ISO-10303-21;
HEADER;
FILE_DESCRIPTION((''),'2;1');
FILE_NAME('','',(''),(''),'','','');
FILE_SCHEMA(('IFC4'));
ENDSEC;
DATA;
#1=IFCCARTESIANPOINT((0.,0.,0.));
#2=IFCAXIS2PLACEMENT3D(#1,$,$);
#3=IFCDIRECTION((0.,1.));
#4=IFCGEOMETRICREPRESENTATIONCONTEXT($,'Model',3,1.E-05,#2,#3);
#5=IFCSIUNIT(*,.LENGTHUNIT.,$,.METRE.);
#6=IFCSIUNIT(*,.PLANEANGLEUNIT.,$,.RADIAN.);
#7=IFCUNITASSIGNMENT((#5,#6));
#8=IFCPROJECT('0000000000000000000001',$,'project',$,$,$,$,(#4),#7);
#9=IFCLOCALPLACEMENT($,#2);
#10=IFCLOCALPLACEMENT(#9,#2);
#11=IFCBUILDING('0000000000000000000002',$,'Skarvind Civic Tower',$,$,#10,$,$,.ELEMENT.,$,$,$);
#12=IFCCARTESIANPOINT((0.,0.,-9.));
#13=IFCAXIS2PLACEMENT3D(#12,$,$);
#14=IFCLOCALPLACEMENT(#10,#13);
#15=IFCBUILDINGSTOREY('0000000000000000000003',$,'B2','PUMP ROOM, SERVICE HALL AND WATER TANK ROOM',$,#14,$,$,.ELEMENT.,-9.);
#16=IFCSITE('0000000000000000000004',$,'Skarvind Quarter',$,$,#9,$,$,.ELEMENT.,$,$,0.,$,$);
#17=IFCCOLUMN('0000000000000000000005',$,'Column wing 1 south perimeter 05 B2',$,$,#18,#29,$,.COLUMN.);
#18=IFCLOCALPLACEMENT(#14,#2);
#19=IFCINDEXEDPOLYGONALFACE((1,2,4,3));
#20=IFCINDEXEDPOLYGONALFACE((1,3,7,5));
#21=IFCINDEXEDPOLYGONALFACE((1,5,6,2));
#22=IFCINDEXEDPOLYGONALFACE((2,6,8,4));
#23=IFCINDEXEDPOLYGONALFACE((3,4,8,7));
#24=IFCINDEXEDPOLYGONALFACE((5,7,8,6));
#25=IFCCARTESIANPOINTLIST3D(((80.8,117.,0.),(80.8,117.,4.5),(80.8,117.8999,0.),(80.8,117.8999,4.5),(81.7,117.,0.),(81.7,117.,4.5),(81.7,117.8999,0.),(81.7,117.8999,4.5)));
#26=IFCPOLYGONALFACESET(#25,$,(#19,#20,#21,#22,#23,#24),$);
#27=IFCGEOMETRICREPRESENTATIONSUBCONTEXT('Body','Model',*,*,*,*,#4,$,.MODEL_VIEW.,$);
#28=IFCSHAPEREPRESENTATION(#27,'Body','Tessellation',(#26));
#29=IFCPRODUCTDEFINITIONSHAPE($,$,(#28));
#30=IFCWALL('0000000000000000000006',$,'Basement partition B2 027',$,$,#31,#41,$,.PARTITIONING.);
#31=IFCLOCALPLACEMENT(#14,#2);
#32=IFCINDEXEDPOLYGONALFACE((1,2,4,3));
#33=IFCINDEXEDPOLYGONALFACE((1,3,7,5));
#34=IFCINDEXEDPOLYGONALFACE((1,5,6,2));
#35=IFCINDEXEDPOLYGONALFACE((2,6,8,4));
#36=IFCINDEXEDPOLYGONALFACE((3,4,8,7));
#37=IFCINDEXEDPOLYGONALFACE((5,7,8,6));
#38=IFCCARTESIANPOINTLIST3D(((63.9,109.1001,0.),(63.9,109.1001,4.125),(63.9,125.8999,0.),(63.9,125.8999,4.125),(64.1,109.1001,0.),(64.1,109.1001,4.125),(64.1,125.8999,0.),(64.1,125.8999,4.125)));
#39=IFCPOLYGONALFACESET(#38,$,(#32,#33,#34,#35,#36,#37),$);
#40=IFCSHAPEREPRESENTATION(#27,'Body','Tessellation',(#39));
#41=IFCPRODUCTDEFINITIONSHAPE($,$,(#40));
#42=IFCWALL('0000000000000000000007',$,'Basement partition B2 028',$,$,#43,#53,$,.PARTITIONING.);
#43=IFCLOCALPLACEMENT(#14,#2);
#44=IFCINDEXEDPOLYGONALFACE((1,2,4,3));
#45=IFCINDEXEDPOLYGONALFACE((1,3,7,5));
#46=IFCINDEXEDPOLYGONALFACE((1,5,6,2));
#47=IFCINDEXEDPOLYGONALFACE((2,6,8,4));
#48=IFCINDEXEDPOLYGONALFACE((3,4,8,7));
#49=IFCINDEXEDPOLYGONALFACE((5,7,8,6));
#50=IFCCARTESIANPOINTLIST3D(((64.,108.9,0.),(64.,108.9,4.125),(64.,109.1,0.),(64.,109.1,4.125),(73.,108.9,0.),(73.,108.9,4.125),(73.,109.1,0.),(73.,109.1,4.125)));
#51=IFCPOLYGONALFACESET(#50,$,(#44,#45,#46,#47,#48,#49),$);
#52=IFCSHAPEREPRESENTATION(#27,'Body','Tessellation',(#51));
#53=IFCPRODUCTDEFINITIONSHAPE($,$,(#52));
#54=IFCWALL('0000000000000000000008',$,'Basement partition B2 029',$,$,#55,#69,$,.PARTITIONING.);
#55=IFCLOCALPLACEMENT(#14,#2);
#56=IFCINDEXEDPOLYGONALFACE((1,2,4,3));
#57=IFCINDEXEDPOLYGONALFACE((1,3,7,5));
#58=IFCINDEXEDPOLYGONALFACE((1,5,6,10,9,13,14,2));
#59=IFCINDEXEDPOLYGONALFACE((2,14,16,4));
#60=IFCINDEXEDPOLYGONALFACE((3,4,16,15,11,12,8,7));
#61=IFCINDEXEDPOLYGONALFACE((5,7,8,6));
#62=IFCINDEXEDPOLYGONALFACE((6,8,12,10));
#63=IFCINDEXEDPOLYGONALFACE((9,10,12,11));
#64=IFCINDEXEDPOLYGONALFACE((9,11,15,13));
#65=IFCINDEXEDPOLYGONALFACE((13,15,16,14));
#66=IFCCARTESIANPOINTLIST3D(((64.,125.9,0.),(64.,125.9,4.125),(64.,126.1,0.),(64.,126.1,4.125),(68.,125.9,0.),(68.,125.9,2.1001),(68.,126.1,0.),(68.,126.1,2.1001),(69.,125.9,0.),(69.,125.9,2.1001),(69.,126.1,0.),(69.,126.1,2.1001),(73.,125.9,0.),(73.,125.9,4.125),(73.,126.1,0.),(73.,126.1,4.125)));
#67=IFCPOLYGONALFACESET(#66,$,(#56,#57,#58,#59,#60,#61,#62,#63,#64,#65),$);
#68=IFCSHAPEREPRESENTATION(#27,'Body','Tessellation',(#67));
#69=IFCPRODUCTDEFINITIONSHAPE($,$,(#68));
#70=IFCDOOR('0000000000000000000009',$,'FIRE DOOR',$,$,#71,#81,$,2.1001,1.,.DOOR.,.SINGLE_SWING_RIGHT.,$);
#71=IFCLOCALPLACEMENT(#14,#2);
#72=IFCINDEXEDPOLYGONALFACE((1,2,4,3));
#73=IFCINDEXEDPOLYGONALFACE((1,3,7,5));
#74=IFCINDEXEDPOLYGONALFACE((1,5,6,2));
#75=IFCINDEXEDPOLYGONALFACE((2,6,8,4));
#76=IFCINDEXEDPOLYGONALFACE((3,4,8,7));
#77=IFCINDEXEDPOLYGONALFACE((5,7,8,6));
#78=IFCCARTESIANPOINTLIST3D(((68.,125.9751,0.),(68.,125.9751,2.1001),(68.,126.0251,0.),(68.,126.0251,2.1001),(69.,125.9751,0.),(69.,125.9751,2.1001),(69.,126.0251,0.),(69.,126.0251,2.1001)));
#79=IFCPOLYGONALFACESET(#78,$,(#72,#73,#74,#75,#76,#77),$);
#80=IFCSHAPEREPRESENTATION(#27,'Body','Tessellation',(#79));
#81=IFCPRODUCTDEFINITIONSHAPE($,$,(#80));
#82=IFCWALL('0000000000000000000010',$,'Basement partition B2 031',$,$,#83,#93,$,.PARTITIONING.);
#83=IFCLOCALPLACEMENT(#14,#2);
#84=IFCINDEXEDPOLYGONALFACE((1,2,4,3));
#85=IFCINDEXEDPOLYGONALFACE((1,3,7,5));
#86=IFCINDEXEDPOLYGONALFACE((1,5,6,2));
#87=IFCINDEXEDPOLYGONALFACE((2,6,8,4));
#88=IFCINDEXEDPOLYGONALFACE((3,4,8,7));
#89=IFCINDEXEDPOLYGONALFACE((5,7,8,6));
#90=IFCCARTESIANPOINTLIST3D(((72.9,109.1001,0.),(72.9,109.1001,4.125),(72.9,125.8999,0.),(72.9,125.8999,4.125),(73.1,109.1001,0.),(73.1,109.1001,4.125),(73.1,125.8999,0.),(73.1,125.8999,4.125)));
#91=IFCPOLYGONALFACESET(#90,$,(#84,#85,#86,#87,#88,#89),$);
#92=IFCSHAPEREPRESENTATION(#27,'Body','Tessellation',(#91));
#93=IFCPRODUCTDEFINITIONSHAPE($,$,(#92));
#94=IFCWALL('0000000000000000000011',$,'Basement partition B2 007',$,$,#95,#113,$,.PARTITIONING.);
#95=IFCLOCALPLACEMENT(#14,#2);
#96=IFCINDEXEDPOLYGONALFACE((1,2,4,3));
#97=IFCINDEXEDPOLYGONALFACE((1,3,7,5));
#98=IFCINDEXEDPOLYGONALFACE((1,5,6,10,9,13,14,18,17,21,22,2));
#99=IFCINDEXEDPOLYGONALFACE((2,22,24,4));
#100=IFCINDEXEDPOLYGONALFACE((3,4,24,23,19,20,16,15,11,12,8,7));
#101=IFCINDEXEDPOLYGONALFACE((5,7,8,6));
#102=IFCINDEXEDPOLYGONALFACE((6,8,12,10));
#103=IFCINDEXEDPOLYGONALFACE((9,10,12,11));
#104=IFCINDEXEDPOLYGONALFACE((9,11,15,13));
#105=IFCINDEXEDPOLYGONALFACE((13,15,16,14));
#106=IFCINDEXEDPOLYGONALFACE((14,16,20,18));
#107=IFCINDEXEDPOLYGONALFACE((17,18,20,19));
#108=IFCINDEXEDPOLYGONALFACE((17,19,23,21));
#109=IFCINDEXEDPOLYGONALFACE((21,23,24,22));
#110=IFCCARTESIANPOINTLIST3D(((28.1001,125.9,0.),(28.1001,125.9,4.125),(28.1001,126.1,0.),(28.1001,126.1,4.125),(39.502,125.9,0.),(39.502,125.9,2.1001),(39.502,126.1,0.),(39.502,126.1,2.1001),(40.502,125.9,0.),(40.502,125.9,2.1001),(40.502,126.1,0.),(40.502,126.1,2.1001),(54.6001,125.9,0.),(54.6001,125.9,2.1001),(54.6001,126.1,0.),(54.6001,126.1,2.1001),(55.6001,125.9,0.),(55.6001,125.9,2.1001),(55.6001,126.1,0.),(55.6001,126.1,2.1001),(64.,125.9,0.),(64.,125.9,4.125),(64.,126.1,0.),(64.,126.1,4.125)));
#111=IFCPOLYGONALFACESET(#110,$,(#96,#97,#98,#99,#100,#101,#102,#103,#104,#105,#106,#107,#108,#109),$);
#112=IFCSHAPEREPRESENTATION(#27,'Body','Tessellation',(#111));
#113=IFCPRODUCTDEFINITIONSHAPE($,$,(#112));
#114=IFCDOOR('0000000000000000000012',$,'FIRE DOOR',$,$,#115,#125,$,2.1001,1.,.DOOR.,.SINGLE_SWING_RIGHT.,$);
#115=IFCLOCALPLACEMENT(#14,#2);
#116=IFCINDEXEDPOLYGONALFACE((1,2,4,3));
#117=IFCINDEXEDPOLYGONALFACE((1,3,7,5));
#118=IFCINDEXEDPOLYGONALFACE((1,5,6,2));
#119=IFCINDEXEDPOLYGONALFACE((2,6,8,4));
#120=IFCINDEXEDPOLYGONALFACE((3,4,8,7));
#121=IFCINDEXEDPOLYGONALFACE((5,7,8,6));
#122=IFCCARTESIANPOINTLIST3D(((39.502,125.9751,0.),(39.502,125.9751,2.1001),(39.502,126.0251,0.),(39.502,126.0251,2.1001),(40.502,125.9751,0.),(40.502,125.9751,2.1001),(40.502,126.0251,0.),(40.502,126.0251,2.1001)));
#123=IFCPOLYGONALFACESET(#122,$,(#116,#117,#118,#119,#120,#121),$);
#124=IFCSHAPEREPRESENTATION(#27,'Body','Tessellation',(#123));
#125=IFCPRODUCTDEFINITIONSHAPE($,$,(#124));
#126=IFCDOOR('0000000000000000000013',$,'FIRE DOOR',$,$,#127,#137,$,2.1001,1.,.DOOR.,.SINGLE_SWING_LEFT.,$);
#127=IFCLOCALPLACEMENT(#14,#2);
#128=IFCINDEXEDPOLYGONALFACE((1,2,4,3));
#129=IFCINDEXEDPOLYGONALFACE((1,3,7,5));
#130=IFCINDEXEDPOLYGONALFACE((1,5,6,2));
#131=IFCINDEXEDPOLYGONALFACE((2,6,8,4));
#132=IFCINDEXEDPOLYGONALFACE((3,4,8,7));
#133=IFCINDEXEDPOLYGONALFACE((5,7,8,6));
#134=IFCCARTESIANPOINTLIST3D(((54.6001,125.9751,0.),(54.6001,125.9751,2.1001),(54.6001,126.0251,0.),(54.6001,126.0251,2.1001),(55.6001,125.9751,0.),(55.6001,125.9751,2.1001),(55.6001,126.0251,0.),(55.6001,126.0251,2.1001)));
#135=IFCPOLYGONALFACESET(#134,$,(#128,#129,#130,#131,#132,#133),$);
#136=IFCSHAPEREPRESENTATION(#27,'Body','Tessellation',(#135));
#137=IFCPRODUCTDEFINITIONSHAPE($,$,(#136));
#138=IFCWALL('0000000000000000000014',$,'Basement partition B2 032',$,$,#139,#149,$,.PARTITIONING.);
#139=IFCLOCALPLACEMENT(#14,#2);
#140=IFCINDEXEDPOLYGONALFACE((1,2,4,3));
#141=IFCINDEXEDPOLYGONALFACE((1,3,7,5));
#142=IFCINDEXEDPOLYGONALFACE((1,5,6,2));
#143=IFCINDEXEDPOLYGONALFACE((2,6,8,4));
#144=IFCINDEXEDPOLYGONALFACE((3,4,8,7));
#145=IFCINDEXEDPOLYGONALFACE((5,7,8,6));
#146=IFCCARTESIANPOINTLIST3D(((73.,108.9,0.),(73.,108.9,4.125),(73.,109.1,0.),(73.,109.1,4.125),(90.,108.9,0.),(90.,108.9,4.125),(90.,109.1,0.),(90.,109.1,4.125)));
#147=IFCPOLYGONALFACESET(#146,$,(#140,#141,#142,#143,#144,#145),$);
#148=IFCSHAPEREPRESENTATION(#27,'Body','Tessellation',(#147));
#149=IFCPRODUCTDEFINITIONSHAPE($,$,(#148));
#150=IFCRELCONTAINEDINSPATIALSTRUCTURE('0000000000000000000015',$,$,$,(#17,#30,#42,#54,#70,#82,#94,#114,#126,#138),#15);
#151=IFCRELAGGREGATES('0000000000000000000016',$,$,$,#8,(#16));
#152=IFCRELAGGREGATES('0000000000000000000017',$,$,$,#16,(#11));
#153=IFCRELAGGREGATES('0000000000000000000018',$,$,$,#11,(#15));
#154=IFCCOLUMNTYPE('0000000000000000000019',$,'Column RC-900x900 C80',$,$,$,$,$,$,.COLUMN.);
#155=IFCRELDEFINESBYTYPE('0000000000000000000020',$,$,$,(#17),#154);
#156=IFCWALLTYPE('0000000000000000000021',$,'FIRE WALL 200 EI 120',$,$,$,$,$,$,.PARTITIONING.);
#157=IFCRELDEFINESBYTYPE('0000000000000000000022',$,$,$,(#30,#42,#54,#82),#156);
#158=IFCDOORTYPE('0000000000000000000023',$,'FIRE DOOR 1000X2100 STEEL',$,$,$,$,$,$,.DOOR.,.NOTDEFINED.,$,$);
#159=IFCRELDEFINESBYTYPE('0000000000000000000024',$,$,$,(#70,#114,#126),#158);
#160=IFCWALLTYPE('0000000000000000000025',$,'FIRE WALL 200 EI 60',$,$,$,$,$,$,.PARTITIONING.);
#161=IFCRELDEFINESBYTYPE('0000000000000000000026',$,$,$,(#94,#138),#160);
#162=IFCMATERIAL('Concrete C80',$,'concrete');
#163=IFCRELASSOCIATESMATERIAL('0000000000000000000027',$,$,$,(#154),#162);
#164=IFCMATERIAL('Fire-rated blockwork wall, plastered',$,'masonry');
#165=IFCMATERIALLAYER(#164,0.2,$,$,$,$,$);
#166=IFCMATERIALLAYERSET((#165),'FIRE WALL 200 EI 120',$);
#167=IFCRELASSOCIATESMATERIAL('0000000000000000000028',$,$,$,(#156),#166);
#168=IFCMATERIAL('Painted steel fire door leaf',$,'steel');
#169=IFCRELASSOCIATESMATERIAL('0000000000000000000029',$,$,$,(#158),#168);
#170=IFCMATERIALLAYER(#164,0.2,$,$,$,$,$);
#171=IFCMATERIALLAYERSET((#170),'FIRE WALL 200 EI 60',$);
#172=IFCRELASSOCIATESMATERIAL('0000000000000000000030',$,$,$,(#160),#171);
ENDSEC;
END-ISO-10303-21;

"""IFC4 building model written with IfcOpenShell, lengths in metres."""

from ifc_helpers import new_model, si_unit, direction, frame, frame_2d, origin, origin_2d, place, context, subcontext, project, spatial, rectangle, extrude, material, layer, layer_set, material_profile, profile_set, type_object, element, fill, save


model = new_model("IFC4")

# Units and contexts
model_context = context("Model", 3, precision=1e-05, world=origin(), true_north=direction((0.0, 1.0)))
body_context = subcontext(model_context, "Body", "Model", "MODEL_VIEW")
ifc_project = project(units=[si_unit("LENGTHUNIT", "METRE"), si_unit("PLANEANGLEUNIT", "RADIAN")], contexts=[model_context])

# Site, building, storey
site_placement = place(None, origin())
site = spatial("IfcSite", under=ifc_project, at=site_placement, Name="Skarvind Quarter", CompositionType="ELEMENT", RefElevation=0.0)
building_placement = place(site_placement, origin())
building = spatial("IfcBuilding", under=site, at=building_placement, Name="Skarvind Civic Tower", CompositionType="ELEMENT")
storey_placement = place(building_placement, frame((0.0, 0.0, -9.0)))
storey = spatial("IfcBuildingStorey", under=building, at=storey_placement, Name="B2", Description="PUMP ROOM, SERVICE HALL AND WATER TANK ROOM", CompositionType="ELEMENT", Elevation=-9.0)

# Column
ifc_material_1 = material(Name="Concrete C80", Category="concrete")
ifc_material_profile_1 = material_profile(ifc_material_1, rectangle(XDim=0.8999, YDim=0.8999, at=origin_2d()), Name="RC-900x900")
ifc_profile_set_1 = profile_set([ifc_material_profile_1], Name="Concrete C80")
column_type_1 = type_object("IfcColumnType", Name="Column RC-900x900 C80", PredefinedType="COLUMN", material=ifc_profile_set_1)
for number, where, z_axis, x_axis, name in (
    (1, (81.25, 117.45, 0.0), (0.0, 0.0, 1.0), (1.0, 0.0, 0.0), "Column wing 1 south perimeter 05 B2"),
):
    element("IfcColumn", number, at=place(storey_placement, frame(where, z_axis=z_axis, x_axis=x_axis)), inside=storey, type_object=column_type_1, Name=name, PredefinedType="COLUMN", context=body_context, shape_type="SweptSolid", body=[
        extrude(rectangle(XDim=0.8999, YDim=0.8999, at=origin_2d()), origin(), (0.0, 0.0, 1.0), 4.5),
    ])

# Walls
ifc_material_2 = material(Name="Fire-rated blockwork wall, plastered", Category="masonry")
ifc_layer_1 = layer(ifc_material_2, 0.2)
ifc_layer_set_1 = layer_set([ifc_layer_1], Name="FIRE WALL 200 EI 120")
wall_type_1 = type_object("IfcWallType", Name="FIRE WALL 200 EI 120", PredefinedType="PARTITIONING", material=ifc_layer_set_1)
wall_1_placement = place(storey_placement, frame((64.0, 109.1001, 0.0), z_axis=(0.0, 0.0, 1.0), x_axis=(0.0, 1.0, 0.0)))
element("IfcWall", 2, at=wall_1_placement, inside=storey, type_object=wall_type_1, Name="Basement partition B2 027", PredefinedType="PARTITIONING", context=body_context, shape_type="SweptSolid", body=[
    extrude(rectangle(XDim=16.7998, YDim=0.2, at=frame_2d((8.3999, 0.0))), origin(), (0.0, 0.0, 1.0), 4.125),
])
wall_2_placement = place(storey_placement, frame((64.0, 109.0, 0.0), z_axis=(0.0, 0.0, 1.0), x_axis=(1.0, 0.0, 0.0)))
element("IfcWall", 3, at=wall_2_placement, inside=storey, type_object=wall_type_1, Name="Basement partition B2 028", PredefinedType="PARTITIONING", context=body_context, shape_type="SweptSolid", body=[
    extrude(rectangle(XDim=9.0, YDim=0.2, at=frame_2d((4.5, 0.0))), origin(), (0.0, 0.0, 1.0), 4.125),
])

# Wall, opening, door
wall_3_placement = place(storey_placement, frame((73.0, 126.0, 0.0), z_axis=(0.0, 0.0, 1.0), x_axis=(-1.0, 0.0, 0.0)))
wall_3 = element("IfcWall", 4, at=wall_3_placement, inside=storey, type_object=wall_type_1, Name="Basement partition B2 029", PredefinedType="PARTITIONING", context=body_context, shape_type="SweptSolid", body=[
    extrude(rectangle(XDim=9.0, YDim=0.2, at=frame_2d((4.5, 0.0))), origin(), (0.0, 0.0, 1.0), 4.125),
])
opening_1_placement = place(wall_3_placement, frame((4.0, 0.0, 0.0)))
opening_1 = element("IfcOpeningElement", 5, at=opening_1_placement, cuts=wall_3, PredefinedType="OPENING", context=body_context, shape_type="SweptSolid", body=[
    extrude(rectangle(XDim=1.0, YDim=2.1001, at=frame_2d((0.5, 1.05))), frame((0.0, 0.1099, 0.0), z_axis=(0.0, -1.0, 0.0), x_axis=(1.0, 0.0, 0.0)), (0.0, 0.0, 1.0), 0.22),
])
ifc_material_3 = material(Name="Painted steel fire door leaf", Category="steel")
door_type = type_object("IfcDoorType", Name="FIRE DOOR 1000X2100 STEEL", OperationType="NOTDEFINED", PredefinedType="DOOR", material=ifc_material_3)
door_1_placement = place(opening_1_placement, origin())
door_1 = element("IfcDoor", 6, at=door_1_placement, inside=storey, type_object=door_type, Name="FIRE DOOR", OperationType="SINGLE_SWING_RIGHT", OverallHeight=2.1001, OverallWidth=1.0, PredefinedType="DOOR", context=body_context, shape_type="SweptSolid", body=[
    extrude(rectangle(XDim=1.0, YDim=2.1001, at=frame_2d((0.5, 1.05))), frame((0.0, 0.0249, 0.0), z_axis=(0.0, -1.0, 0.0), x_axis=(1.0, 0.0, 0.0)), (0.0, 0.0, 1.0), 0.05),
])
fill(opening_1, door_1)

# Wall
wall_4_placement = place(storey_placement, frame((73.0, 109.1001, 0.0), z_axis=(0.0, 0.0, 1.0), x_axis=(0.0, 1.0, 0.0)))
element("IfcWall", 7, at=wall_4_placement, inside=storey, type_object=wall_type_1, Name="Basement partition B2 031", PredefinedType="PARTITIONING", context=body_context, shape_type="SweptSolid", body=[
    extrude(rectangle(XDim=16.7998, YDim=0.2, at=frame_2d((8.3999, 0.0))), origin(), (0.0, 0.0, 1.0), 4.125),
])

# Wall, openings, doors
ifc_layer_2 = layer(ifc_material_2, 0.2)
ifc_layer_set_2 = layer_set([ifc_layer_2], Name="FIRE WALL 200 EI 60")
wall_type_2 = type_object("IfcWallType", Name="FIRE WALL 200 EI 60", PredefinedType="PARTITIONING", material=ifc_layer_set_2)
wall_5_placement = place(storey_placement, frame((64.0, 126.0, 0.0), z_axis=(0.0, 0.0, 1.0), x_axis=(-1.0, 0.0, 0.0)))
wall_5 = element("IfcWall", 8, at=wall_5_placement, inside=storey, type_object=wall_type_2, Name="Basement partition B2 007", PredefinedType="PARTITIONING", context=body_context, shape_type="SweptSolid", body=[
    extrude(rectangle(XDim=35.8999, YDim=0.2, at=frame_2d((17.95, 0.0))), origin(), (0.0, 0.0, 1.0), 4.125),
])
opening_2_placement = place(wall_5_placement, frame((23.498, 0.0, 0.0)))
opening_2 = element("IfcOpeningElement", 9, at=opening_2_placement, cuts=wall_5, PredefinedType="OPENING", context=body_context, shape_type="SweptSolid", body=[
    extrude(rectangle(XDim=1.0, YDim=2.1001, at=frame_2d((0.5, 1.05))), frame((0.0, 0.1099, 0.0), z_axis=(0.0, -1.0, 0.0), x_axis=(1.0, 0.0, 0.0)), (0.0, 0.0, 1.0), 0.22),
])
opening_3_placement = place(wall_5_placement, frame((8.3999, 0.0, 0.0)))
opening_3 = element("IfcOpeningElement", 10, at=opening_3_placement, cuts=wall_5, PredefinedType="OPENING", context=body_context, shape_type="SweptSolid", body=[
    extrude(rectangle(XDim=1.0, YDim=2.1001, at=frame_2d((0.5, 1.05))), frame((0.0, 0.1099, 0.0), z_axis=(0.0, -1.0, 0.0), x_axis=(1.0, 0.0, 0.0)), (0.0, 0.0, 1.0), 0.22),
])
door_2_placement = place(opening_2_placement, origin())
door_2 = element("IfcDoor", 11, at=door_2_placement, inside=storey, type_object=door_type, Name="FIRE DOOR", OperationType="SINGLE_SWING_RIGHT", OverallHeight=2.1001, OverallWidth=1.0, PredefinedType="DOOR", context=body_context, shape_type="SweptSolid", body=[
    extrude(rectangle(XDim=1.0, YDim=2.1001, at=frame_2d((0.5, 1.05))), frame((0.0, 0.0249, 0.0), z_axis=(0.0, -1.0, 0.0), x_axis=(1.0, 0.0, 0.0)), (0.0, 0.0, 1.0), 0.05),
])
fill(opening_2, door_2)
door_3_placement = place(opening_3_placement, origin())
door_3 = element("IfcDoor", 12, at=door_3_placement, inside=storey, type_object=door_type, Name="FIRE DOOR", OperationType="SINGLE_SWING_LEFT", OverallHeight=2.1001, OverallWidth=1.0, PredefinedType="DOOR", context=body_context, shape_type="SweptSolid", body=[
    extrude(rectangle(XDim=1.0, YDim=2.1001, at=frame_2d((0.5, 1.05))), frame((0.0, 0.0249, 0.0), z_axis=(0.0, -1.0, 0.0), x_axis=(1.0, 0.0, 0.0)), (0.0, 0.0, 1.0), 0.05),
])
fill(opening_3, door_3)

# Wall
wall_6_placement = place(storey_placement, frame((73.0, 109.0, 0.0), z_axis=(0.0, 0.0, 1.0), x_axis=(1.0, 0.0, 0.0)))
element("IfcWall", 13, at=wall_6_placement, inside=storey, type_object=wall_type_2, Name="Basement partition B2 032", PredefinedType="PARTITIONING", context=body_context, shape_type="SweptSolid", body=[
    extrude(rectangle(XDim=17.0, YDim=0.2, at=frame_2d((8.5, 0.0))), origin(), (0.0, 0.0, 1.0), 4.125),
])

save(model, "model.ifc")
